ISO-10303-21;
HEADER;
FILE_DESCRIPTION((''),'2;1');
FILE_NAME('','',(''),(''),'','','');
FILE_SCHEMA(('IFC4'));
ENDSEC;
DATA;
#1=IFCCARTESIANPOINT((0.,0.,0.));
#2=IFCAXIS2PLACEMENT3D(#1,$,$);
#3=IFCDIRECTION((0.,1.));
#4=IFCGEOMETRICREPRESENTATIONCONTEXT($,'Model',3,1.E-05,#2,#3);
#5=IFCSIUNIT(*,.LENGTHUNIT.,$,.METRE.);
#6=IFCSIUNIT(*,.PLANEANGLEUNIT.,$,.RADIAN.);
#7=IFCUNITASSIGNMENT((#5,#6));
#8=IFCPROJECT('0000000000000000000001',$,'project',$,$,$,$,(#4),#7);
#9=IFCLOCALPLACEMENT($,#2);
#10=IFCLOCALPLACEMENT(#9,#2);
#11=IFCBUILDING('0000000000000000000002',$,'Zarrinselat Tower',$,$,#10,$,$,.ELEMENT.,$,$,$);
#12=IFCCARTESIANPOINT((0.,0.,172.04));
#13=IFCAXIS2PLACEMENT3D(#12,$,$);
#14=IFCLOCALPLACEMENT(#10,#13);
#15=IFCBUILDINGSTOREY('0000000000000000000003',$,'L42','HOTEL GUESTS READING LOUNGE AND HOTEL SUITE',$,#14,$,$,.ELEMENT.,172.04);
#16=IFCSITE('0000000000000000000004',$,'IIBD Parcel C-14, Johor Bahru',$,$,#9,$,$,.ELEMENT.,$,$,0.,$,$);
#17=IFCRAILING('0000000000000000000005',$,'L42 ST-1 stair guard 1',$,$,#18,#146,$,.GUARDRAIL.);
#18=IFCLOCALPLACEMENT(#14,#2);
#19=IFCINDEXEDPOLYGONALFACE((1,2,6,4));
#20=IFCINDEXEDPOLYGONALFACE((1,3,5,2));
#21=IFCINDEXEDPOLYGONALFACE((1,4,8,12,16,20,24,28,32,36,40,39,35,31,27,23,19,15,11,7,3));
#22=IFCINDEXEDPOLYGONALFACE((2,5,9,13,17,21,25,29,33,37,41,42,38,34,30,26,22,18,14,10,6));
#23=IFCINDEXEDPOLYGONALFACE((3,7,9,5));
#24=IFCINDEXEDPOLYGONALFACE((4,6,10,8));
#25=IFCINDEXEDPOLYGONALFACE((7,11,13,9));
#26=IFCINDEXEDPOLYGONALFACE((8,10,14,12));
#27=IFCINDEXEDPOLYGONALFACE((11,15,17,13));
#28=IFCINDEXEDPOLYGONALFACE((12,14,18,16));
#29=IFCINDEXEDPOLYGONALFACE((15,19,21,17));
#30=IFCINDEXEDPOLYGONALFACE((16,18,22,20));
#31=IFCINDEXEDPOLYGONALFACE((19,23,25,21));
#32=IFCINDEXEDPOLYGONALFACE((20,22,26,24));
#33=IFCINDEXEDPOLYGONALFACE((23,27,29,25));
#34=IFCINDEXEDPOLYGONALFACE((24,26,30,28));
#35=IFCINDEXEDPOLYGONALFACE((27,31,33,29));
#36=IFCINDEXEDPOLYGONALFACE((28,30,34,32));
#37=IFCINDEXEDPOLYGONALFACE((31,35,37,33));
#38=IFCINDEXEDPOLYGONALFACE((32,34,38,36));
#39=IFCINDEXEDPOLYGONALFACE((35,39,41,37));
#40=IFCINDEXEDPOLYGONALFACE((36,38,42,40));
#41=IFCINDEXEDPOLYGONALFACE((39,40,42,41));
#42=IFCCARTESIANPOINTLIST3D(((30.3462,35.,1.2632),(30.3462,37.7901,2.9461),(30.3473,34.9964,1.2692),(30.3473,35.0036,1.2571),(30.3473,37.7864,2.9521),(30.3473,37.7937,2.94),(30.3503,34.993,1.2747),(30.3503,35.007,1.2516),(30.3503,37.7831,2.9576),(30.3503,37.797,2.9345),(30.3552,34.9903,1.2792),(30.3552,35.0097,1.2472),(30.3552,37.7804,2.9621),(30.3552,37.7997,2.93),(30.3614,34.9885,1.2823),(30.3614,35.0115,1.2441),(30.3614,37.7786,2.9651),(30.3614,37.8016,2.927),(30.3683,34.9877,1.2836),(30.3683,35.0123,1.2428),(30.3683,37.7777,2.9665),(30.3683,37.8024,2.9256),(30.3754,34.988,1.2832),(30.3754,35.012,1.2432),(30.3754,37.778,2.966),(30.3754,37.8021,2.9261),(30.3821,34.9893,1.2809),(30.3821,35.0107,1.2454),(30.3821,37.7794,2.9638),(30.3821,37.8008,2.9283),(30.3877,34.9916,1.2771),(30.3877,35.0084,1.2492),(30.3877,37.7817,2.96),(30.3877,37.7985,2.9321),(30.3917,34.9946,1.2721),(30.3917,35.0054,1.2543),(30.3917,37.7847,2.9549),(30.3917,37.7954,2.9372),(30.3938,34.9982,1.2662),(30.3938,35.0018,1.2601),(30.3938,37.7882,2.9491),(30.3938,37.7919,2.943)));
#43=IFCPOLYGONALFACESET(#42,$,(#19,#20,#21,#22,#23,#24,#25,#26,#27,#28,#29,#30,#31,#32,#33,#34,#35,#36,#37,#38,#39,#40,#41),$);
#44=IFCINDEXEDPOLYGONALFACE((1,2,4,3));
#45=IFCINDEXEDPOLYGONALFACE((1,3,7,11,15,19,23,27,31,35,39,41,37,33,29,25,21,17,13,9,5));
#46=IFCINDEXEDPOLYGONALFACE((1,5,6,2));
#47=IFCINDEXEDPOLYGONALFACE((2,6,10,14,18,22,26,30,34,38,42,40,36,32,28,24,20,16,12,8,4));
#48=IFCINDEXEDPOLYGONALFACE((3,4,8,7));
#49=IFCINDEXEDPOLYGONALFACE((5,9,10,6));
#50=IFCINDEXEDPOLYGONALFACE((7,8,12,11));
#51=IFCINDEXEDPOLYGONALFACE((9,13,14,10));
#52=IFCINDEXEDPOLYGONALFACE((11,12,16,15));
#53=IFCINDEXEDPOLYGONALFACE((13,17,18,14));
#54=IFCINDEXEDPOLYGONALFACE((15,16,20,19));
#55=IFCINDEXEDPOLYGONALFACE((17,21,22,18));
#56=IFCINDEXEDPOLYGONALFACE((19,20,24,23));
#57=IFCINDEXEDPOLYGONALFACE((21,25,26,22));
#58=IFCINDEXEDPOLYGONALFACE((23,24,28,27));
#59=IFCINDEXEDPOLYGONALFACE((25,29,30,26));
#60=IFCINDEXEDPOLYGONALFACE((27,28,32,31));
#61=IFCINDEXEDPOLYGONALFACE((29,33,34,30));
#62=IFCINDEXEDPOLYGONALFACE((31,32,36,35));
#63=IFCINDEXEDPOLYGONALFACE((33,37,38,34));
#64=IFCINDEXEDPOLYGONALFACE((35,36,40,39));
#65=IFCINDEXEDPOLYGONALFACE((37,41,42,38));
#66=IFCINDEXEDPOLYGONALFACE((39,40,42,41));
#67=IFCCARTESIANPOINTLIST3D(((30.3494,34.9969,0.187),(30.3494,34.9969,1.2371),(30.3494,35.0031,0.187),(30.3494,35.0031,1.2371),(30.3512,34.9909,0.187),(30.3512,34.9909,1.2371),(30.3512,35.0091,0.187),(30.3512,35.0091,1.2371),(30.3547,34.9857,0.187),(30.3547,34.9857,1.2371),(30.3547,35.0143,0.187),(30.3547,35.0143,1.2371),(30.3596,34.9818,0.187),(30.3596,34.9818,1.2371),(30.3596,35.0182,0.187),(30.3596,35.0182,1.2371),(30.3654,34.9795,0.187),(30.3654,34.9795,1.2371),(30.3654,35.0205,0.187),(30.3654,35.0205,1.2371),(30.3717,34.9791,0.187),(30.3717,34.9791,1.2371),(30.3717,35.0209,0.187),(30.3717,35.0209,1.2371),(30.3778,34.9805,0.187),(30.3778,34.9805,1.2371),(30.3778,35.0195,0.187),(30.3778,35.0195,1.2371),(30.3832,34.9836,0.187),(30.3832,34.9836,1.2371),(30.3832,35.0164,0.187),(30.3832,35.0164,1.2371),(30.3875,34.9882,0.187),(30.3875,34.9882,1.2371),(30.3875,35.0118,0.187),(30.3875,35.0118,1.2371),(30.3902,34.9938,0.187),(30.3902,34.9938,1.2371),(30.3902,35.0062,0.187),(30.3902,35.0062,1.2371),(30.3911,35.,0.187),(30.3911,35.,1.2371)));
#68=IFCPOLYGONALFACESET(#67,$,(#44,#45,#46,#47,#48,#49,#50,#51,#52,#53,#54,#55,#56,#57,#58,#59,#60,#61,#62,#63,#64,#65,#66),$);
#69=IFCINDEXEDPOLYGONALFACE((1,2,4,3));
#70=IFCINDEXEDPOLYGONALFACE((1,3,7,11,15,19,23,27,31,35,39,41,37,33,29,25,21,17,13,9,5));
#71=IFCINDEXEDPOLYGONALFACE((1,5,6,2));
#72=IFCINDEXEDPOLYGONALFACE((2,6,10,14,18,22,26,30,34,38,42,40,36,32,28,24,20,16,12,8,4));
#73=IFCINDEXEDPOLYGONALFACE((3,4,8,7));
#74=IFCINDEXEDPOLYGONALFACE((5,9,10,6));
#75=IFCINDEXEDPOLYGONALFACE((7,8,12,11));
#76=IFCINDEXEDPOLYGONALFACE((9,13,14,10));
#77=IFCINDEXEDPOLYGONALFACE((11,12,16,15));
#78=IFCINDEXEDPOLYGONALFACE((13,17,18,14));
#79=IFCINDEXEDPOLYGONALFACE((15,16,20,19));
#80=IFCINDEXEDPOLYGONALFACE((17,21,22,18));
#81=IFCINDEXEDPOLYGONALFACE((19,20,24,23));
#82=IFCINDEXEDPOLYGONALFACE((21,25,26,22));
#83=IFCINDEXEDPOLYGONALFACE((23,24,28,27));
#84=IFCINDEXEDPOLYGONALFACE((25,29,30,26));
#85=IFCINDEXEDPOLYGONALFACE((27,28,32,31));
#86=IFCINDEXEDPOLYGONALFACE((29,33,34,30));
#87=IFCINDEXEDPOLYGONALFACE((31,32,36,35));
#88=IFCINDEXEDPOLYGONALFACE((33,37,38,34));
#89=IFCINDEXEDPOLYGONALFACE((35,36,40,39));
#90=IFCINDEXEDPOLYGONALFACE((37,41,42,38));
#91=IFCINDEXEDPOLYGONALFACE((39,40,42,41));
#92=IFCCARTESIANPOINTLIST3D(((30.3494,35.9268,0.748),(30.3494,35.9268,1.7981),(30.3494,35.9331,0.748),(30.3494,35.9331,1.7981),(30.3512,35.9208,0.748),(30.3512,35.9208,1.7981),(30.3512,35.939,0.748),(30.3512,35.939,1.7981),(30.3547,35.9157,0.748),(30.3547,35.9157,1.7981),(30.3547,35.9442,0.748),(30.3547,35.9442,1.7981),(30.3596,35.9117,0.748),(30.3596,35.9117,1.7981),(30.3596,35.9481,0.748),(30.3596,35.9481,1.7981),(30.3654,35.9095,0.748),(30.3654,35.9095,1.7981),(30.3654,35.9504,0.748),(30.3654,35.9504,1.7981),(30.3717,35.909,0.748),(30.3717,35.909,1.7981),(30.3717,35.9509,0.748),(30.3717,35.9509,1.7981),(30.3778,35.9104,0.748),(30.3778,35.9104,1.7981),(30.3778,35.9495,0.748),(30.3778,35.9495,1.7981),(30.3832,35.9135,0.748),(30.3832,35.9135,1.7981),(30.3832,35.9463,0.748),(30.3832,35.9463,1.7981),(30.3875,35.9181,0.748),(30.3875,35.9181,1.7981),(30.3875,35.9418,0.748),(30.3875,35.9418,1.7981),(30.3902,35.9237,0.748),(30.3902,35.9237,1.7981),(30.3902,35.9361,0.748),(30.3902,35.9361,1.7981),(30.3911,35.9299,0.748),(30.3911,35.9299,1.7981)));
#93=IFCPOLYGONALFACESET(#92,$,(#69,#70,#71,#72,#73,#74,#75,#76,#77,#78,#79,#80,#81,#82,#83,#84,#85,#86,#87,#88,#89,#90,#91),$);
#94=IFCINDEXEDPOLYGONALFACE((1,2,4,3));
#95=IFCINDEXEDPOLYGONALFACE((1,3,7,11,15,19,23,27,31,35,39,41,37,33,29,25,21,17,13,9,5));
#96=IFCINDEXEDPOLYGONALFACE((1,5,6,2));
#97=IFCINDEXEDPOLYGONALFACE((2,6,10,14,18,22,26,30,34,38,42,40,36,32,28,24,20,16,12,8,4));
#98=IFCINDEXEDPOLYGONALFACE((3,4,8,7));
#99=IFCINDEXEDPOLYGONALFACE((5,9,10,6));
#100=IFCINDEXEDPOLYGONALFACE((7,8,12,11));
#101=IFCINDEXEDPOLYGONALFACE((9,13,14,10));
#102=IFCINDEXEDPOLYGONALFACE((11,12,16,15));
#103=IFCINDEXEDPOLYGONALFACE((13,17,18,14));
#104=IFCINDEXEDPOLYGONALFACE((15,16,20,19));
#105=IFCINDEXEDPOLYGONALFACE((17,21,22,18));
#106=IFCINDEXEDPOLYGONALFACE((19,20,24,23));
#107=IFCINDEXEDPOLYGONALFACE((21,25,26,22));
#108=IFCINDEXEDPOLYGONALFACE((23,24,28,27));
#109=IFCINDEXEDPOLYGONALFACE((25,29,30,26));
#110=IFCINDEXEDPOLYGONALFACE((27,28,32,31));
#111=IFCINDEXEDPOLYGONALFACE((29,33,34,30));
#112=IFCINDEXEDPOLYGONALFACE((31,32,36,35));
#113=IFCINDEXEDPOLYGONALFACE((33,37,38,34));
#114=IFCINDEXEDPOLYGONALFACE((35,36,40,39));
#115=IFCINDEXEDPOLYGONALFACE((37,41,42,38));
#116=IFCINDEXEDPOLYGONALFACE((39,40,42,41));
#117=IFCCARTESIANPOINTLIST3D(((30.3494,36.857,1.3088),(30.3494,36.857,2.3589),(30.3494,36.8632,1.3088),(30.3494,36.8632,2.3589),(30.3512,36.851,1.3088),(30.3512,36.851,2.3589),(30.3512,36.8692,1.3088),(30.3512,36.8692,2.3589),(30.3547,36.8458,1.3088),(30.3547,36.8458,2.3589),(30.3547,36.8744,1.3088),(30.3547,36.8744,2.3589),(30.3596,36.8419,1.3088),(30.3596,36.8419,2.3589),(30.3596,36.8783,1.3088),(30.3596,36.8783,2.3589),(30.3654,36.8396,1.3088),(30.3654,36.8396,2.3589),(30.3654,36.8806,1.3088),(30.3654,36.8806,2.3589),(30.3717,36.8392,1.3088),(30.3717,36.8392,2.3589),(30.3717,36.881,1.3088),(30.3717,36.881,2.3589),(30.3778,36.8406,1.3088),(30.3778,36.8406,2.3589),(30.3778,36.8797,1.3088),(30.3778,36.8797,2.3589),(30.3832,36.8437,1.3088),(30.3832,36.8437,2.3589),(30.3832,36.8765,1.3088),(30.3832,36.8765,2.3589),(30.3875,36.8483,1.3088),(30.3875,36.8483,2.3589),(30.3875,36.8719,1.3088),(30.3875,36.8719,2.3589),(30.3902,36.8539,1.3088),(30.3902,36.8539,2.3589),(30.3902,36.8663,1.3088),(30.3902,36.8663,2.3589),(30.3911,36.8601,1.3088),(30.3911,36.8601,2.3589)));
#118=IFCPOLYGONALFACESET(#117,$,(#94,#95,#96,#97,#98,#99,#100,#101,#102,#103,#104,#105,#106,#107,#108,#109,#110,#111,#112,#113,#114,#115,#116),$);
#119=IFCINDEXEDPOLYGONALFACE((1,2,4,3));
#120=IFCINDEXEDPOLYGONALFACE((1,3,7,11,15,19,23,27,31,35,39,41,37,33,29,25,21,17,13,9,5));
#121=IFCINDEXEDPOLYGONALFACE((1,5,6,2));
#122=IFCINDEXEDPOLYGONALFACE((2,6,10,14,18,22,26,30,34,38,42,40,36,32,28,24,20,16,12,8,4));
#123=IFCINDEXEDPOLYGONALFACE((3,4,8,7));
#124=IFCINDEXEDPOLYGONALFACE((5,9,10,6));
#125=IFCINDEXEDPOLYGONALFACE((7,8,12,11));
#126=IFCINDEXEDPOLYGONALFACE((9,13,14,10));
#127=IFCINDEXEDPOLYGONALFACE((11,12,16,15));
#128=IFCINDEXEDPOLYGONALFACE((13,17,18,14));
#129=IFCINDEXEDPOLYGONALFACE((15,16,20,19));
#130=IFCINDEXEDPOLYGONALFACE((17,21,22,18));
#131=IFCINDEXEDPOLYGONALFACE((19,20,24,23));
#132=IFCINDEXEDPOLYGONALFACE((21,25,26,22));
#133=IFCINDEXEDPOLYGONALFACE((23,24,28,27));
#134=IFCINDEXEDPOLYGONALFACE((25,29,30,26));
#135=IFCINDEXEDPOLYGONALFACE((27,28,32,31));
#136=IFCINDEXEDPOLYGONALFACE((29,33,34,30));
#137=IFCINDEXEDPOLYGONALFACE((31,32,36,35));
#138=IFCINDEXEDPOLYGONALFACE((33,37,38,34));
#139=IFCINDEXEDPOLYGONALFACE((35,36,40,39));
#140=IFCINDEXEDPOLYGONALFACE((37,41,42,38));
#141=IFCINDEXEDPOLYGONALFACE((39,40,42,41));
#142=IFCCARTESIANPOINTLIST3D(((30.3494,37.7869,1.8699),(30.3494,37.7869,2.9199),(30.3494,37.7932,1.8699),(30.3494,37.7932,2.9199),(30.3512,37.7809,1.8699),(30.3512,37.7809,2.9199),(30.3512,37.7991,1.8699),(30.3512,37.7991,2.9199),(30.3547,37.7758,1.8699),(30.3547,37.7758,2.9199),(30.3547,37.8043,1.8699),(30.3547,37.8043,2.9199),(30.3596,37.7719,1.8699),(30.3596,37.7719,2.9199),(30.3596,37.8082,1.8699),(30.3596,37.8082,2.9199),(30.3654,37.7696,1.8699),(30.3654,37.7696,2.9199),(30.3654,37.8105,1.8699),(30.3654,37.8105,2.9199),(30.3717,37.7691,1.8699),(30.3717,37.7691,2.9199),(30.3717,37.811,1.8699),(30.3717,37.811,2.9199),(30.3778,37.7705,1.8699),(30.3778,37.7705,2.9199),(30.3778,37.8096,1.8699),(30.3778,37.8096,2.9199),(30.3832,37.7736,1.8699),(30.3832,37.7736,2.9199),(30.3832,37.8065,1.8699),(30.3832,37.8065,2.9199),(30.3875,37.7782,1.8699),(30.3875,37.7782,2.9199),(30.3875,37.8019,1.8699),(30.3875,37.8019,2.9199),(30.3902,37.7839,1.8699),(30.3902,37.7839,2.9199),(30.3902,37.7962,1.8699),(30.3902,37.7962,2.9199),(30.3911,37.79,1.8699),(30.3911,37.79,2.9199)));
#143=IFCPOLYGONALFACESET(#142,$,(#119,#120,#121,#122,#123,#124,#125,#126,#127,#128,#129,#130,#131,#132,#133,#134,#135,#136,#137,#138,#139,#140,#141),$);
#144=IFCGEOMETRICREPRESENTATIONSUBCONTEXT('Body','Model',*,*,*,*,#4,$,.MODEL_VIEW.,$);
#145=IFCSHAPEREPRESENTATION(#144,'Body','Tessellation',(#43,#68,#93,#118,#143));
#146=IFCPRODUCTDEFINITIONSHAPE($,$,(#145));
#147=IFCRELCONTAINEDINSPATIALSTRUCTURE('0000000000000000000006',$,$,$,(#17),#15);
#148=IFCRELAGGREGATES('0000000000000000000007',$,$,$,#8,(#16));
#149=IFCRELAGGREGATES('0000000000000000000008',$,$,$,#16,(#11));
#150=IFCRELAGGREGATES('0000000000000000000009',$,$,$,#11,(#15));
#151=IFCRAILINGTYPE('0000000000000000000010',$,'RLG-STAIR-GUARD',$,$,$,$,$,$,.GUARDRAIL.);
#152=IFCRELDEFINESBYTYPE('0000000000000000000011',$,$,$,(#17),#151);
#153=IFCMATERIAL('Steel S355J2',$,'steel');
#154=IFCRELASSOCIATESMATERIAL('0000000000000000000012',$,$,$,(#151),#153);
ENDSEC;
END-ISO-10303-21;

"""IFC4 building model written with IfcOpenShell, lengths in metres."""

from ifc_helpers import new_model, si_unit, direction, frame, origin, origin_2d, place, context, subcontext, project, spatial, circle, extrude, material, type_object, element, save


model = new_model("IFC4")

# Units and contexts
model_context = context("Model", 3, precision=1e-05, world=origin(), true_north=direction((0.0, 1.0)))
body_context = subcontext(model_context, "Body", "Model", "MODEL_VIEW")
ifc_project = project(units=[si_unit("LENGTHUNIT", "METRE"), si_unit("PLANEANGLEUNIT", "RADIAN")], contexts=[model_context])

# Site, building, storey
site_placement = place(None, origin())
site = spatial("IfcSite", under=ifc_project, at=site_placement, Name="IIBD Parcel C-14, Johor Bahru", CompositionType="ELEMENT", RefElevation=0.0)
building_placement = place(site_placement, origin())
building = spatial("IfcBuilding", under=site, at=building_placement, Name="Zarrinselat Tower", CompositionType="ELEMENT")
storey_placement = place(building_placement, frame((0.0, 0.0, 172.04)))
storey = spatial("IfcBuildingStorey", under=building, at=storey_placement, Name="L42", Description="HOTEL GUESTS READING LOUNGE AND HOTEL SUITE", CompositionType="ELEMENT", Elevation=172.04)

# Railing
ifc_material_1 = material(Name="Steel S355J2", Category="steel")
railing_type_1 = type_object("IfcRailingType", Name="RLG-STAIR-GUARD", PredefinedType="GUARDRAIL", material=ifc_material_1)
railing_1_placement = place(storey_placement, frame((30.3701, 35.0, 0.187)))
element("IfcRailing", 1, at=railing_1_placement, inside=storey, type_object=railing_type_1, Name="L42 ST-1 stair guard 1", PredefinedType="GUARDRAIL", context=body_context, shape_type="SweptSolid", body=[
    extrude(circle(Radius=0.0239, at=origin_2d()), frame((0.0, 0.0, 1.0762), z_axis=(0.0, 0.856294, 0.516489), x_axis=(-1.0, 0.0, 0.0)), (0.0, 0.0, 1.0), 3.2583),
    extrude(circle(Radius=0.021, at=origin_2d()), origin(), (0.0, 0.0, 1.0), 1.05),
    extrude(circle(Radius=0.021, at=origin_2d()), frame((0.0, 0.9299, 0.561)), (0.0, 0.0, 1.0), 1.05),
    extrude(circle(Radius=0.021, at=origin_2d()), frame((0.0, 1.8601, 1.1218)), (0.0, 0.0, 1.0), 1.05),
    extrude(circle(Radius=0.021, at=origin_2d()), frame((0.0, 2.79, 1.6829)), (0.0, 0.0, 1.0), 1.05),
])

save(model, "model.ifc")
